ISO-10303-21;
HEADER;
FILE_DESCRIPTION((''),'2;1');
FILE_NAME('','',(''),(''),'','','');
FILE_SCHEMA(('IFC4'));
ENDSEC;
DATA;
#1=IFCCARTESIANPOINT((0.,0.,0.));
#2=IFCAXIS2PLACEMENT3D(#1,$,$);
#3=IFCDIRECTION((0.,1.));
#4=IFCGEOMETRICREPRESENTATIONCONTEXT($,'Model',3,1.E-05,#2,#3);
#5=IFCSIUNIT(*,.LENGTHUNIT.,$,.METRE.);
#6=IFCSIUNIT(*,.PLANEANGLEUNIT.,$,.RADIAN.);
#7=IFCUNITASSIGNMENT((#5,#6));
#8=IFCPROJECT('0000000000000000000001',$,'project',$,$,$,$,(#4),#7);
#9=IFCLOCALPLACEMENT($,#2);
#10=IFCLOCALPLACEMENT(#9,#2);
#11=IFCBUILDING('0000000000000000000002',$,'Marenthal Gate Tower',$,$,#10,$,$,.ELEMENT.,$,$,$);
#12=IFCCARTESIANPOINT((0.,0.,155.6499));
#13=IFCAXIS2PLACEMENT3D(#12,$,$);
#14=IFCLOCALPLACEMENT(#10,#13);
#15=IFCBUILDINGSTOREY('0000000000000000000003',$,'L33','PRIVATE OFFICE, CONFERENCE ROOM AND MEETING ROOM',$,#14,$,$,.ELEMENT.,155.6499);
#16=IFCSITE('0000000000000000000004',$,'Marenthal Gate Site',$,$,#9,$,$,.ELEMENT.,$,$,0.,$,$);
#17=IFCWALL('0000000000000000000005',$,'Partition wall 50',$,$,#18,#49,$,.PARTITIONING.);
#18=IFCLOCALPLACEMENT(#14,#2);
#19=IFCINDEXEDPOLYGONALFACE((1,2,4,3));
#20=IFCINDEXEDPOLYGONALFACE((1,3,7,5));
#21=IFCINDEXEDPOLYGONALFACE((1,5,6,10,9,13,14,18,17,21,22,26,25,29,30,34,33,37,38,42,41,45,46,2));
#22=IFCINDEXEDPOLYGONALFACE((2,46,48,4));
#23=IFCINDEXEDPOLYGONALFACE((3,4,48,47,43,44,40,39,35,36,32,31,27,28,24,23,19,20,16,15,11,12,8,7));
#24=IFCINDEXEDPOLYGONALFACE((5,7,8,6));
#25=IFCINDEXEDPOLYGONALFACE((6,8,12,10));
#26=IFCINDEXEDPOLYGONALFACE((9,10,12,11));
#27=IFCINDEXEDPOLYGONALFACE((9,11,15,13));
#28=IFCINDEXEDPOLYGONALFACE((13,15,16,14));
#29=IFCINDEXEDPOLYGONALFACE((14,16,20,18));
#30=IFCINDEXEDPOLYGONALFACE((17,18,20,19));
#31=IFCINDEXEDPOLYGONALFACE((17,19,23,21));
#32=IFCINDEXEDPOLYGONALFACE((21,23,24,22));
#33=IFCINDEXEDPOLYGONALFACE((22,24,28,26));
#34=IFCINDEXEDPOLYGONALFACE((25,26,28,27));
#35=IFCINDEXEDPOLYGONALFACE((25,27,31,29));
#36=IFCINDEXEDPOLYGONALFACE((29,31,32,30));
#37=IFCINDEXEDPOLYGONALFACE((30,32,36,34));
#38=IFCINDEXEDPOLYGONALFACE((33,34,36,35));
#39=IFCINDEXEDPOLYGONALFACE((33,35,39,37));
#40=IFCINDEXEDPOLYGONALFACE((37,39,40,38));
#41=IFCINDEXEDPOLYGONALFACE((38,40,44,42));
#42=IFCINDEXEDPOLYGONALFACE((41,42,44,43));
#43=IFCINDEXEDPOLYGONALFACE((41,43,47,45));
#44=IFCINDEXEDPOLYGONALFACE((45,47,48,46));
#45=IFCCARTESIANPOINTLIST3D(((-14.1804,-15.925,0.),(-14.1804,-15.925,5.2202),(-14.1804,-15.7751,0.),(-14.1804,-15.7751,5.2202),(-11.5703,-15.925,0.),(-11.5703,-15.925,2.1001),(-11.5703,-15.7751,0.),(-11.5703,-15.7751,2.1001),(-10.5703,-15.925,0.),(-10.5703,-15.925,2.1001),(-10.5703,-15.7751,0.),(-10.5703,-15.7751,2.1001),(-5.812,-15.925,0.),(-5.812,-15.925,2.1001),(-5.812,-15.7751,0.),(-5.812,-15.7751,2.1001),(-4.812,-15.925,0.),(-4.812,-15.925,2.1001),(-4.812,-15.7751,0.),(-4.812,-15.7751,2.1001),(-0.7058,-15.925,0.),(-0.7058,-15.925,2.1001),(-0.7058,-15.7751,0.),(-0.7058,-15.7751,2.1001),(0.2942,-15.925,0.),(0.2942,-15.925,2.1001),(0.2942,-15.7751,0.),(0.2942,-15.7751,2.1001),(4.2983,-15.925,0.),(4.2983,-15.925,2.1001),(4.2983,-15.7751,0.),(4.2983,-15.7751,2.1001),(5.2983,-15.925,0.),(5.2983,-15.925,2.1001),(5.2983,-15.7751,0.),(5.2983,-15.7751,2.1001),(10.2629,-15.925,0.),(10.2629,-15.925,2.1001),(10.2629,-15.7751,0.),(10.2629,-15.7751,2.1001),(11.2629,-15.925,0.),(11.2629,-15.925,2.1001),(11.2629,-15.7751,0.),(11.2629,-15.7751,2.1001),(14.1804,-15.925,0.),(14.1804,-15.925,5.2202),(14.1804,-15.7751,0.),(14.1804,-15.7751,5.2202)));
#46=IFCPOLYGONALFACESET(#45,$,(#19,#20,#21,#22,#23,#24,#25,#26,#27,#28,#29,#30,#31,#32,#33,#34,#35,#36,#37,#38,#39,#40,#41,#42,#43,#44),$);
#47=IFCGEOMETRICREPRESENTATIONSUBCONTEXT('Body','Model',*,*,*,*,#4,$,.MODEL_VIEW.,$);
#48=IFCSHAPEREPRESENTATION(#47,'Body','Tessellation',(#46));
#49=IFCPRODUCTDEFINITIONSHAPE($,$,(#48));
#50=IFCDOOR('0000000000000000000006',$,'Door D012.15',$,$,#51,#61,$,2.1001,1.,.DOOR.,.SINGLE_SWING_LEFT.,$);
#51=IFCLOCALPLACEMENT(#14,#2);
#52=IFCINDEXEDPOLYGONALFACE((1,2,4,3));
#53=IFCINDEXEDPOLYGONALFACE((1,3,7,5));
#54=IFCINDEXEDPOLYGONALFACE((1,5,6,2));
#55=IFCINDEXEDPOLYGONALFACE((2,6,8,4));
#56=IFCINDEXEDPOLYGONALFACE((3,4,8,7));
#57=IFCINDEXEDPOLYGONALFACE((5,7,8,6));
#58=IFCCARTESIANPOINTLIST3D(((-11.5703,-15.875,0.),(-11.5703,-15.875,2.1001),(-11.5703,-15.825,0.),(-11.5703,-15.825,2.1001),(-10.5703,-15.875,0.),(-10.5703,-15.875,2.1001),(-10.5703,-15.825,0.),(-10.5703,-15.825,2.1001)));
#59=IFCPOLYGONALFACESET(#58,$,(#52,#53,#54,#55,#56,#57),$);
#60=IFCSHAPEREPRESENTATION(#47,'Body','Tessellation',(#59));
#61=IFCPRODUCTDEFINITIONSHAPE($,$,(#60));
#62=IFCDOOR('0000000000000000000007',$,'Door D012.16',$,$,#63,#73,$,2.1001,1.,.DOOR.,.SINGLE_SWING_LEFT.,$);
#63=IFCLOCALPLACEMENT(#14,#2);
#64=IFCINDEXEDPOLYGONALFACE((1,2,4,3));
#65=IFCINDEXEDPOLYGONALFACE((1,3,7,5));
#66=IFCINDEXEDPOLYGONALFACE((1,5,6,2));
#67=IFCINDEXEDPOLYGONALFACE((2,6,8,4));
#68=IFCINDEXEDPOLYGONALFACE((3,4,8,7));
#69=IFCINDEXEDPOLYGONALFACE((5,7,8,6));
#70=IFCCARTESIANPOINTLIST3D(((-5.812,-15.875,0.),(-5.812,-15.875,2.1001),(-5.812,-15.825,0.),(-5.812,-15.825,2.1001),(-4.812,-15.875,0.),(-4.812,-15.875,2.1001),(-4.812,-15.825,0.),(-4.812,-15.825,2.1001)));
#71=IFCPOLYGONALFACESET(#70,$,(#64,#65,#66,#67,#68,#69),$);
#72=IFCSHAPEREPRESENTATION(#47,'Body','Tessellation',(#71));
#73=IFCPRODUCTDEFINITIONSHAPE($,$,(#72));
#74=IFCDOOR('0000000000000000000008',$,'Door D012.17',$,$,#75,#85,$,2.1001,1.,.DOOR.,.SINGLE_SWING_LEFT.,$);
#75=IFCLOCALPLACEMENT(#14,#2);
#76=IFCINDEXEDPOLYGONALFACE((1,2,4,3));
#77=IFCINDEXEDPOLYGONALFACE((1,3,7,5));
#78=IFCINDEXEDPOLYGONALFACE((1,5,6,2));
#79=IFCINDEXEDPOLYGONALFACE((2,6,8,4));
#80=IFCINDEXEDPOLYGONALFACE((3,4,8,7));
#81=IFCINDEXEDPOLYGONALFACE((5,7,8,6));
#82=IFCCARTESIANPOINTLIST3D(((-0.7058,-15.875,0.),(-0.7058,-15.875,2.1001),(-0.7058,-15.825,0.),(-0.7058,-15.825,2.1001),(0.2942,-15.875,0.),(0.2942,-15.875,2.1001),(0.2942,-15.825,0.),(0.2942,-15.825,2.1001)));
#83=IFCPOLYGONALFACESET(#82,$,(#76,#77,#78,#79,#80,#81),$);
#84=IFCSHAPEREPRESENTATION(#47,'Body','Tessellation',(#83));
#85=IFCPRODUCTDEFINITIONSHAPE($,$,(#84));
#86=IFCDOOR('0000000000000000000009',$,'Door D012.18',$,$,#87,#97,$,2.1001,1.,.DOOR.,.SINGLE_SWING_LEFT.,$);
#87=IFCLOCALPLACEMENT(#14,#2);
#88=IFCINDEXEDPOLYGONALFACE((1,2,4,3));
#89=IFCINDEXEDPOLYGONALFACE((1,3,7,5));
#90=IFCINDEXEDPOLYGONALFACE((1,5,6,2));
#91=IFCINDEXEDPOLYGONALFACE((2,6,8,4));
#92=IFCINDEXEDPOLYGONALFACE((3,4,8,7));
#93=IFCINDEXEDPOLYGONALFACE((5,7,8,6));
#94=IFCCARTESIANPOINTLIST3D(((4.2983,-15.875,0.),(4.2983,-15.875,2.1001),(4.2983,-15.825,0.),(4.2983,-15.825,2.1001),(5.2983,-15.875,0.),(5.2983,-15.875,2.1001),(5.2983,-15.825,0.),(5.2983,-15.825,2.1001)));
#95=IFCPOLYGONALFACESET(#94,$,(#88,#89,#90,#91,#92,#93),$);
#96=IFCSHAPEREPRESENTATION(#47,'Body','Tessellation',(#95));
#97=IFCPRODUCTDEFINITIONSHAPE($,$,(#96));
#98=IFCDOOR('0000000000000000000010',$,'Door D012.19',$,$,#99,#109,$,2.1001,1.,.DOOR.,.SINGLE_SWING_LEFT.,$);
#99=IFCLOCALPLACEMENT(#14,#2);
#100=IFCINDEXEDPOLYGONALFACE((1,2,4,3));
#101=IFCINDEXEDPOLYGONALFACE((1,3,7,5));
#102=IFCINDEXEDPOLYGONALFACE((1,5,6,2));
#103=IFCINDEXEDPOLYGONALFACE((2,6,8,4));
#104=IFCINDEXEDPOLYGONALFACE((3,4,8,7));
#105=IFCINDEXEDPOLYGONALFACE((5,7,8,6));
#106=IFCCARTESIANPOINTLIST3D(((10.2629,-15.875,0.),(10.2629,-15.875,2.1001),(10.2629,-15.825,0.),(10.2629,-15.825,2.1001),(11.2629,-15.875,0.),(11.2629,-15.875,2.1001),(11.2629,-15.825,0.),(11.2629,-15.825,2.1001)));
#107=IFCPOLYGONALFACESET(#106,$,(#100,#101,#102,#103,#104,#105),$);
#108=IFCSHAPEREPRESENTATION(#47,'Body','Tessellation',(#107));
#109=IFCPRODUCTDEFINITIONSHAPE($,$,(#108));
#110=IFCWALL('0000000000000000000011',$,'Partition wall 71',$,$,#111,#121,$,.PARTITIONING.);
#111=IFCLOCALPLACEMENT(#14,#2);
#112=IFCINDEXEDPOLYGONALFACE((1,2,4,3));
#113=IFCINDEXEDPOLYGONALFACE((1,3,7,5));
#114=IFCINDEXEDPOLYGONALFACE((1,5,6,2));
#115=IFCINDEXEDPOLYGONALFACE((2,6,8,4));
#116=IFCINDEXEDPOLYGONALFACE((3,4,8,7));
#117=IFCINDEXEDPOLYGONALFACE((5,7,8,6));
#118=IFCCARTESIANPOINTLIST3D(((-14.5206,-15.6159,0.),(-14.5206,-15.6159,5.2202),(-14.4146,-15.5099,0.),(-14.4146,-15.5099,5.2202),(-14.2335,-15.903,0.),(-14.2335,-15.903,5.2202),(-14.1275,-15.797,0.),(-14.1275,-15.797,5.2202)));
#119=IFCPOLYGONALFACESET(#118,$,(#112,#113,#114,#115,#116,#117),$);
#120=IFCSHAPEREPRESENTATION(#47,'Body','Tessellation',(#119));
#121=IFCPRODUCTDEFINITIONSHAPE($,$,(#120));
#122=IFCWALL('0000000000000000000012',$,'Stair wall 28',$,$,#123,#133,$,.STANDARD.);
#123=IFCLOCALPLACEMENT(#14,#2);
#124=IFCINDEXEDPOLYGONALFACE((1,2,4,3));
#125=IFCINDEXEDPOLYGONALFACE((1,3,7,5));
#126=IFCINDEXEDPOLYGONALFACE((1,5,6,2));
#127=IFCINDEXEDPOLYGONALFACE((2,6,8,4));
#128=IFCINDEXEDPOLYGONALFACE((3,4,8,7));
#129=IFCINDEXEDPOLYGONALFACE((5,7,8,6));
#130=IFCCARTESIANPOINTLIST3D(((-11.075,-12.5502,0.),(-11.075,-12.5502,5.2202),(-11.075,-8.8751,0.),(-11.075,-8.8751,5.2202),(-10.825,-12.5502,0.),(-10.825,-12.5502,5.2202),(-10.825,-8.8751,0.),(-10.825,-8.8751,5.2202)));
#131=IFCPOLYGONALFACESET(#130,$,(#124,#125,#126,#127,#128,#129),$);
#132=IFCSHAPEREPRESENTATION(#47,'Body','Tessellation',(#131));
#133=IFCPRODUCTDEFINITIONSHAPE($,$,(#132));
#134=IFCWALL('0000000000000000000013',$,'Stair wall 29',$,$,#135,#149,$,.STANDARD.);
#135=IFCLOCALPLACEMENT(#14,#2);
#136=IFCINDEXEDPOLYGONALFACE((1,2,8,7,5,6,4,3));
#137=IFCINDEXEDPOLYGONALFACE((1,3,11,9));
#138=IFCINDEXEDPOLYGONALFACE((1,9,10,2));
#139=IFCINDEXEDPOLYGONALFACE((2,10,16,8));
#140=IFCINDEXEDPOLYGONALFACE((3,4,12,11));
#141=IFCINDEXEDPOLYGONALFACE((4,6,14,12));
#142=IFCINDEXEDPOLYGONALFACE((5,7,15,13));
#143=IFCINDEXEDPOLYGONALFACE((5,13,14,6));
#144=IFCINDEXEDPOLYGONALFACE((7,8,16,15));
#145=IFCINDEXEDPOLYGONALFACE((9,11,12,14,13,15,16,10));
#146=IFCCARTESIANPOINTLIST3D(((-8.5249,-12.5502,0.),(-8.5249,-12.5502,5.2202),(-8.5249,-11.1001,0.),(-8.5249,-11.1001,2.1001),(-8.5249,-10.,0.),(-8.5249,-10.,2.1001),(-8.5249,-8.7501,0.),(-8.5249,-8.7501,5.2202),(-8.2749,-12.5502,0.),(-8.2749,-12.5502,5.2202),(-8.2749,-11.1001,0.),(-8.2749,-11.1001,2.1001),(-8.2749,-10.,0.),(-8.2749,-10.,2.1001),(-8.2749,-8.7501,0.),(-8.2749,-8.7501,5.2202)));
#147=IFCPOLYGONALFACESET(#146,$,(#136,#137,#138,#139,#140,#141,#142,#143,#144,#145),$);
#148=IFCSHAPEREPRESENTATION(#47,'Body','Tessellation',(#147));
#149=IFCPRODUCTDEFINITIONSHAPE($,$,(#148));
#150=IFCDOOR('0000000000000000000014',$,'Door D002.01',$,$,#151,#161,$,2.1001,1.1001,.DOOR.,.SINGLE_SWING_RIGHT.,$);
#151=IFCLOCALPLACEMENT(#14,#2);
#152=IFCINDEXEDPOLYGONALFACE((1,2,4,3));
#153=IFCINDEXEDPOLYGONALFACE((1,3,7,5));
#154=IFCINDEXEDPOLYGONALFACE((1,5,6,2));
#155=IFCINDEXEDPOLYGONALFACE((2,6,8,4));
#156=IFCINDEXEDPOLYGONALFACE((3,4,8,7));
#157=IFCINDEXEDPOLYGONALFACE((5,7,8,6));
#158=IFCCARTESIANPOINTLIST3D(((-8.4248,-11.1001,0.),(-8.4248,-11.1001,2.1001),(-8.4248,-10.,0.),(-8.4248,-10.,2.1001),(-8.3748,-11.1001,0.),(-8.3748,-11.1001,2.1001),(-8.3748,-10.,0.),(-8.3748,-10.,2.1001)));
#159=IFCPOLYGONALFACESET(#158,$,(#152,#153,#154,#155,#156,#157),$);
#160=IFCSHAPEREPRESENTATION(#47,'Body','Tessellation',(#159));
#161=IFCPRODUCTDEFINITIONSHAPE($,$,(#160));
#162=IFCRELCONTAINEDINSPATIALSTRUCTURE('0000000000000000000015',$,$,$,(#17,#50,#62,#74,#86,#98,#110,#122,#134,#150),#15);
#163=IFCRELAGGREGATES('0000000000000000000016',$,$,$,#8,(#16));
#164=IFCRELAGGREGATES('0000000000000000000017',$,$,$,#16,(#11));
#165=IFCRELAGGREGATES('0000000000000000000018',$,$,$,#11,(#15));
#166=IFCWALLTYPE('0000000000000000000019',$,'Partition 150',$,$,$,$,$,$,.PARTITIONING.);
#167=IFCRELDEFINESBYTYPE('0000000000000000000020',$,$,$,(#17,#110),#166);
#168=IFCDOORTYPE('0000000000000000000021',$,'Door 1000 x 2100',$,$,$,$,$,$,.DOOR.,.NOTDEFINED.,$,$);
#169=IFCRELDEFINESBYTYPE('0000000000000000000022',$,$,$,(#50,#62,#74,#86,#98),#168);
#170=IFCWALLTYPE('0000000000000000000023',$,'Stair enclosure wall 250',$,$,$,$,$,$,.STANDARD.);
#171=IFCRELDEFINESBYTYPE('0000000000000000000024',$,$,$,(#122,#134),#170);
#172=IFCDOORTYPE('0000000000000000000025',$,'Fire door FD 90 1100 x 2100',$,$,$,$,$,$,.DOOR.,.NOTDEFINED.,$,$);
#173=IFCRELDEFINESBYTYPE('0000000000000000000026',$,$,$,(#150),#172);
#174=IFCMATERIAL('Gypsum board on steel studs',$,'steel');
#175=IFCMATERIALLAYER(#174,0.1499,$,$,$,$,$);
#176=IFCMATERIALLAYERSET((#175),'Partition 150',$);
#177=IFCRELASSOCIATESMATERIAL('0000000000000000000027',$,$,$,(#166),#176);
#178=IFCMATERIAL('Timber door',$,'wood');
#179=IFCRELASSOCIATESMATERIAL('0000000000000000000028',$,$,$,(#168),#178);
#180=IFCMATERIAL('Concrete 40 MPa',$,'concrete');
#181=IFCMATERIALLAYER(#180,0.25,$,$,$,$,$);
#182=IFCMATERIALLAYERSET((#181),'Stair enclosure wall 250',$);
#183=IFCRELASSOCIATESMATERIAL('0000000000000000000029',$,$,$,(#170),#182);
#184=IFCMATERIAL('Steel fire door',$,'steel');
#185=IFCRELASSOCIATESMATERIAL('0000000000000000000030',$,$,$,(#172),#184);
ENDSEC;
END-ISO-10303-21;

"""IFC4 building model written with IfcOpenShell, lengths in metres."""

from ifc_helpers import new_model, si_unit, direction, frame, frame_2d, origin, place, context, subcontext, project, spatial, rectangle, extrude, material, layer, layer_set, type_object, element, fill, save


model = new_model("IFC4")

# Units and contexts
model_context = context("Model", 3, precision=1e-05, world=origin(), true_north=direction((0.0, 1.0)))
body_context = subcontext(model_context, "Body", "Model", "MODEL_VIEW")
ifc_project = project(units=[si_unit("LENGTHUNIT", "METRE"), si_unit("PLANEANGLEUNIT", "RADIAN")], contexts=[model_context])

# Site, building, storey
site_placement = place(None, origin())
site = spatial("IfcSite", under=ifc_project, at=site_placement, Name="Marenthal Gate Site", CompositionType="ELEMENT", RefElevation=0.0)
building_placement = place(site_placement, origin())
building = spatial("IfcBuilding", under=site, at=building_placement, Name="Marenthal Gate Tower", CompositionType="ELEMENT")
storey_placement = place(building_placement, frame((0.0, 0.0, 155.6499)))
storey = spatial("IfcBuildingStorey", under=building, at=storey_placement, Name="L33", Description="PRIVATE OFFICE, CONFERENCE ROOM AND MEETING ROOM", CompositionType="ELEMENT", Elevation=155.6499)

# Wall, openings, doors
ifc_material_1 = material(Name="Gypsum board on steel studs", Category="steel")
ifc_layer_1 = layer(ifc_material_1, 0.1499)
ifc_layer_set_1 = layer_set([ifc_layer_1], Name="Partition 150")
wall_type_1 = type_object("IfcWallType", Name="Partition 150", PredefinedType="PARTITIONING", material=ifc_layer_set_1)
wall_1_placement = place(storey_placement, frame((-14.1804, -15.8501, 0.0), z_axis=(0.0, 0.0, 1.0), x_axis=(1.0, 0.0, 0.0)))
wall_1 = element("IfcWall", 1, at=wall_1_placement, inside=storey, type_object=wall_type_1, Name="Partition wall 50", PredefinedType="PARTITIONING", context=body_context, shape_type="SweptSolid", body=[
    extrude(rectangle(XDim=28.3608, YDim=0.1499, at=frame_2d((14.1804, 0.0))), origin(), (0.0, 0.0, 1.0), 5.2202),
])
opening_1_placement = place(wall_1_placement, frame((2.6101, 0.0, 0.0)))
opening_1 = element("IfcOpeningElement", 2, at=opening_1_placement, cuts=wall_1, PredefinedType="OPENING", context=body_context, shape_type="SweptSolid", body=[
    extrude(rectangle(XDim=1.0, YDim=2.1001, at=frame_2d((0.5, 1.05))), frame((0.0, 0.085, 0.0), z_axis=(0.0, -1.0, 0.0), x_axis=(1.0, 0.0, 0.0)), (0.0, 0.0, 1.0), 0.1699),
])
opening_2_placement = place(wall_1_placement, frame((8.3684, 0.0, 0.0)))
opening_2 = element("IfcOpeningElement", 3, at=opening_2_placement, cuts=wall_1, PredefinedType="OPENING", context=body_context, shape_type="SweptSolid", body=[
    extrude(rectangle(XDim=1.0, YDim=2.1001, at=frame_2d((0.5, 1.05))), frame((0.0, 0.085, 0.0), z_axis=(0.0, -1.0, 0.0), x_axis=(1.0, 0.0, 0.0)), (0.0, 0.0, 1.0), 0.1699),
])
opening_3_placement = place(wall_1_placement, frame((13.4746, 0.0, 0.0)))
opening_3 = element("IfcOpeningElement", 4, at=opening_3_placement, cuts=wall_1, PredefinedType="OPENING", context=body_context, shape_type="SweptSolid", body=[
    extrude(rectangle(XDim=1.0, YDim=2.1001, at=frame_2d((0.5, 1.05))), frame((0.0, 0.085, 0.0), z_axis=(0.0, -1.0, 0.0), x_axis=(1.0, 0.0, 0.0)), (0.0, 0.0, 1.0), 0.1699),
])
opening_4_placement = place(wall_1_placement, frame((18.4788, 0.0, 0.0)))
opening_4 = element("IfcOpeningElement", 5, at=opening_4_placement, cuts=wall_1, PredefinedType="OPENING", context=body_context, shape_type="SweptSolid", body=[
    extrude(rectangle(XDim=1.0, YDim=2.1001, at=frame_2d((0.5, 1.05))), frame((0.0, 0.085, 0.0), z_axis=(0.0, -1.0, 0.0), x_axis=(1.0, 0.0, 0.0)), (0.0, 0.0, 1.0), 0.1699),
])
opening_5_placement = place(wall_1_placement, frame((24.4434, 0.0, 0.0)))
opening_5 = element("IfcOpeningElement", 6, at=opening_5_placement, cuts=wall_1, PredefinedType="OPENING", context=body_context, shape_type="SweptSolid", body=[
    extrude(rectangle(XDim=1.0, YDim=2.1001, at=frame_2d((0.5, 1.05))), frame((0.0, 0.085, 0.0), z_axis=(0.0, -1.0, 0.0), x_axis=(1.0, 0.0, 0.0)), (0.0, 0.0, 1.0), 0.1699),
])
ifc_material_2 = material(Name="Timber door", Category="wood")
door_type_1 = type_object("IfcDoorType", Name="Door 1000 x 2100", OperationType="NOTDEFINED", PredefinedType="DOOR", material=ifc_material_2)
door_1_placement = place(opening_1_placement, frame((1.0, 0.0, 0.0), z_axis=(0.0, 0.0, 1.0), x_axis=(-1.0, 0.0, 0.0)))
door_1 = element("IfcDoor", 7, at=door_1_placement, inside=storey, type_object=door_type_1, Name="Door D012.15", OperationType="SINGLE_SWING_LEFT", OverallHeight=2.1001, OverallWidth=1.0, PredefinedType="DOOR", context=body_context, shape_type="SweptSolid", body=[
    extrude(rectangle(XDim=1.0, YDim=2.1001, at=frame_2d((0.5, 1.05))), frame((0.0, 0.0249, 0.0), z_axis=(0.0, -1.0, 0.0), x_axis=(1.0, 0.0, 0.0)), (0.0, 0.0, 1.0), 0.05),
])
fill(opening_1, door_1)
door_2_placement = place(opening_2_placement, frame((1.0, 0.0, 0.0), z_axis=(0.0, 0.0, 1.0), x_axis=(-1.0, 0.0, 0.0)))
door_2 = element("IfcDoor", 8, at=door_2_placement, inside=storey, type_object=door_type_1, Name="Door D012.16", OperationType="SINGLE_SWING_LEFT", OverallHeight=2.1001, OverallWidth=1.0, PredefinedType="DOOR", context=body_context, shape_type="SweptSolid", body=[
    extrude(rectangle(XDim=1.0, YDim=2.1001, at=frame_2d((0.5, 1.05))), frame((0.0, 0.0249, 0.0), z_axis=(0.0, -1.0, 0.0), x_axis=(1.0, 0.0, 0.0)), (0.0, 0.0, 1.0), 0.05),
])
fill(opening_2, door_2)
door_3_placement = place(opening_3_placement, frame((1.0, 0.0, 0.0), z_axis=(0.0, 0.0, 1.0), x_axis=(-1.0, 0.0, 0.0)))
door_3 = element("IfcDoor", 9, at=door_3_placement, inside=storey, type_object=door_type_1, Name="Door D012.17", OperationType="SINGLE_SWING_LEFT", OverallHeight=2.1001, OverallWidth=1.0, PredefinedType="DOOR", context=body_context, shape_type="SweptSolid", body=[
    extrude(rectangle(XDim=1.0, YDim=2.1001, at=frame_2d((0.5, 1.05))), frame((0.0, 0.0249, 0.0), z_axis=(0.0, -1.0, 0.0), x_axis=(1.0, 0.0, 0.0)), (0.0, 0.0, 1.0), 0.05),
])
fill(opening_3, door_3)
door_4_placement = place(opening_4_placement, frame((1.0, 0.0, 0.0), z_axis=(0.0, 0.0, 1.0), x_axis=(-1.0, 0.0, 0.0)))
door_4 = element("IfcDoor", 10, at=door_4_placement, inside=storey, type_object=door_type_1, Name="Door D012.18", OperationType="SINGLE_SWING_LEFT", OverallHeight=2.1001, OverallWidth=1.0, PredefinedType="DOOR", context=body_context, shape_type="SweptSolid", body=[
    extrude(rectangle(XDim=1.0, YDim=2.1001, at=frame_2d((0.5, 1.05))), frame((0.0, 0.0249, 0.0), z_axis=(0.0, -1.0, 0.0), x_axis=(1.0, 0.0, 0.0)), (0.0, 0.0, 1.0), 0.05),
])
fill(opening_4, door_4)
door_5_placement = place(opening_5_placement, frame((1.0, 0.0, 0.0), z_axis=(0.0, 0.0, 1.0), x_axis=(-1.0, 0.0, 0.0)))
door_5 = element("IfcDoor", 11, at=door_5_placement, inside=storey, type_object=door_type_1, Name="Door D012.19", OperationType="SINGLE_SWING_LEFT", OverallHeight=2.1001, OverallWidth=1.0, PredefinedType="DOOR", context=body_context, shape_type="SweptSolid", body=[
    extrude(rectangle(XDim=1.0, YDim=2.1001, at=frame_2d((0.5, 1.05))), frame((0.0, 0.0249, 0.0), z_axis=(0.0, -1.0, 0.0), x_axis=(1.0, 0.0, 0.0)), (0.0, 0.0, 1.0), 0.05),
])
fill(opening_5, door_5)

# Walls
wall_2_placement = place(storey_placement, frame((-14.1804, -15.8501, 0.0), z_axis=(0.0, 0.0, 1.0), x_axis=(-0.707107, 0.707107, 0.0)))
element("IfcWall", 12, at=wall_2_placement, inside=storey, type_object=wall_type_1, Name="Partition wall 71", PredefinedType="PARTITIONING", context=body_context, shape_type="SweptSolid", body=[
    extrude(rectangle(XDim=0.406, YDim=0.1499, at=frame_2d((0.2031, 0.0))), origin(), (0.0, 0.0, 1.0), 5.2202),
])
ifc_material_3 = material(Name="Concrete 40 MPa", Category="concrete")
ifc_layer_2 = layer(ifc_material_3, 0.25)
ifc_layer_set_2 = layer_set([ifc_layer_2], Name="Stair enclosure wall 250")
wall_type_2 = type_object("IfcWallType", Name="Stair enclosure wall 250", PredefinedType="STANDARD", material=ifc_layer_set_2)
wall_3_placement = place(storey_placement, frame((-10.95, -12.55, 0.0), z_axis=(0.0, 0.0, 1.0), x_axis=(0.0, 1.0, 0.0)))
element("IfcWall", 13, at=wall_3_placement, inside=storey, type_object=wall_type_2, Name="Stair wall 28", PredefinedType="STANDARD", context=body_context, shape_type="SweptSolid", body=[
    extrude(rectangle(XDim=3.675, YDim=0.25, at=frame_2d((1.8374, 0.0))), origin(), (0.0, 0.0, 1.0), 5.2202),
])

# Wall, opening, door
wall_4_placement = place(storey_placement, frame((-8.3999, -12.55, 0.0), z_axis=(0.0, 0.0, 1.0), x_axis=(0.0, 1.0, 0.0)))
wall_4 = element("IfcWall", 14, at=wall_4_placement, inside=storey, type_object=wall_type_2, Name="Stair wall 29", PredefinedType="STANDARD", context=body_context, shape_type="SweptSolid", body=[
    extrude(rectangle(XDim=3.8, YDim=0.25, at=frame_2d((1.8999, 0.0))), origin(), (0.0, 0.0, 1.0), 5.2202),
])
opening_6_placement = place(wall_4_placement, frame((1.45, 0.0, 0.0)))
opening_6 = element("IfcOpeningElement", 15, at=opening_6_placement, cuts=wall_4, PredefinedType="OPENING", context=body_context, shape_type="SweptSolid", body=[
    extrude(rectangle(XDim=1.1001, YDim=2.1001, at=frame_2d((0.55, 1.05))), frame((0.0, 0.135, 0.0), z_axis=(0.0, -1.0, 0.0), x_axis=(1.0, 0.0, 0.0)), (0.0, 0.0, 1.0), 0.27),
])
ifc_material_4 = material(Name="Steel fire door", Category="steel")
door_type_2 = type_object("IfcDoorType", Name="Fire door FD 90 1100 x 2100", OperationType="NOTDEFINED", PredefinedType="DOOR", material=ifc_material_4)
door_6_placement = place(opening_6_placement, origin())
door_6 = element("IfcDoor", 16, at=door_6_placement, inside=storey, type_object=door_type_2, Name="Door D002.01", OperationType="SINGLE_SWING_RIGHT", OverallHeight=2.1001, OverallWidth=1.1001, PredefinedType="DOOR", context=body_context, shape_type="SweptSolid", body=[
    extrude(rectangle(XDim=1.1001, YDim=2.1001, at=frame_2d((0.55, 1.05))), frame((0.0, 0.0249, 0.0), z_axis=(0.0, -1.0, 0.0), x_axis=(1.0, 0.0, 0.0)), (0.0, 0.0, 1.0), 0.05),
])
fill(opening_6, door_6)

save(model, "model.ifc")
